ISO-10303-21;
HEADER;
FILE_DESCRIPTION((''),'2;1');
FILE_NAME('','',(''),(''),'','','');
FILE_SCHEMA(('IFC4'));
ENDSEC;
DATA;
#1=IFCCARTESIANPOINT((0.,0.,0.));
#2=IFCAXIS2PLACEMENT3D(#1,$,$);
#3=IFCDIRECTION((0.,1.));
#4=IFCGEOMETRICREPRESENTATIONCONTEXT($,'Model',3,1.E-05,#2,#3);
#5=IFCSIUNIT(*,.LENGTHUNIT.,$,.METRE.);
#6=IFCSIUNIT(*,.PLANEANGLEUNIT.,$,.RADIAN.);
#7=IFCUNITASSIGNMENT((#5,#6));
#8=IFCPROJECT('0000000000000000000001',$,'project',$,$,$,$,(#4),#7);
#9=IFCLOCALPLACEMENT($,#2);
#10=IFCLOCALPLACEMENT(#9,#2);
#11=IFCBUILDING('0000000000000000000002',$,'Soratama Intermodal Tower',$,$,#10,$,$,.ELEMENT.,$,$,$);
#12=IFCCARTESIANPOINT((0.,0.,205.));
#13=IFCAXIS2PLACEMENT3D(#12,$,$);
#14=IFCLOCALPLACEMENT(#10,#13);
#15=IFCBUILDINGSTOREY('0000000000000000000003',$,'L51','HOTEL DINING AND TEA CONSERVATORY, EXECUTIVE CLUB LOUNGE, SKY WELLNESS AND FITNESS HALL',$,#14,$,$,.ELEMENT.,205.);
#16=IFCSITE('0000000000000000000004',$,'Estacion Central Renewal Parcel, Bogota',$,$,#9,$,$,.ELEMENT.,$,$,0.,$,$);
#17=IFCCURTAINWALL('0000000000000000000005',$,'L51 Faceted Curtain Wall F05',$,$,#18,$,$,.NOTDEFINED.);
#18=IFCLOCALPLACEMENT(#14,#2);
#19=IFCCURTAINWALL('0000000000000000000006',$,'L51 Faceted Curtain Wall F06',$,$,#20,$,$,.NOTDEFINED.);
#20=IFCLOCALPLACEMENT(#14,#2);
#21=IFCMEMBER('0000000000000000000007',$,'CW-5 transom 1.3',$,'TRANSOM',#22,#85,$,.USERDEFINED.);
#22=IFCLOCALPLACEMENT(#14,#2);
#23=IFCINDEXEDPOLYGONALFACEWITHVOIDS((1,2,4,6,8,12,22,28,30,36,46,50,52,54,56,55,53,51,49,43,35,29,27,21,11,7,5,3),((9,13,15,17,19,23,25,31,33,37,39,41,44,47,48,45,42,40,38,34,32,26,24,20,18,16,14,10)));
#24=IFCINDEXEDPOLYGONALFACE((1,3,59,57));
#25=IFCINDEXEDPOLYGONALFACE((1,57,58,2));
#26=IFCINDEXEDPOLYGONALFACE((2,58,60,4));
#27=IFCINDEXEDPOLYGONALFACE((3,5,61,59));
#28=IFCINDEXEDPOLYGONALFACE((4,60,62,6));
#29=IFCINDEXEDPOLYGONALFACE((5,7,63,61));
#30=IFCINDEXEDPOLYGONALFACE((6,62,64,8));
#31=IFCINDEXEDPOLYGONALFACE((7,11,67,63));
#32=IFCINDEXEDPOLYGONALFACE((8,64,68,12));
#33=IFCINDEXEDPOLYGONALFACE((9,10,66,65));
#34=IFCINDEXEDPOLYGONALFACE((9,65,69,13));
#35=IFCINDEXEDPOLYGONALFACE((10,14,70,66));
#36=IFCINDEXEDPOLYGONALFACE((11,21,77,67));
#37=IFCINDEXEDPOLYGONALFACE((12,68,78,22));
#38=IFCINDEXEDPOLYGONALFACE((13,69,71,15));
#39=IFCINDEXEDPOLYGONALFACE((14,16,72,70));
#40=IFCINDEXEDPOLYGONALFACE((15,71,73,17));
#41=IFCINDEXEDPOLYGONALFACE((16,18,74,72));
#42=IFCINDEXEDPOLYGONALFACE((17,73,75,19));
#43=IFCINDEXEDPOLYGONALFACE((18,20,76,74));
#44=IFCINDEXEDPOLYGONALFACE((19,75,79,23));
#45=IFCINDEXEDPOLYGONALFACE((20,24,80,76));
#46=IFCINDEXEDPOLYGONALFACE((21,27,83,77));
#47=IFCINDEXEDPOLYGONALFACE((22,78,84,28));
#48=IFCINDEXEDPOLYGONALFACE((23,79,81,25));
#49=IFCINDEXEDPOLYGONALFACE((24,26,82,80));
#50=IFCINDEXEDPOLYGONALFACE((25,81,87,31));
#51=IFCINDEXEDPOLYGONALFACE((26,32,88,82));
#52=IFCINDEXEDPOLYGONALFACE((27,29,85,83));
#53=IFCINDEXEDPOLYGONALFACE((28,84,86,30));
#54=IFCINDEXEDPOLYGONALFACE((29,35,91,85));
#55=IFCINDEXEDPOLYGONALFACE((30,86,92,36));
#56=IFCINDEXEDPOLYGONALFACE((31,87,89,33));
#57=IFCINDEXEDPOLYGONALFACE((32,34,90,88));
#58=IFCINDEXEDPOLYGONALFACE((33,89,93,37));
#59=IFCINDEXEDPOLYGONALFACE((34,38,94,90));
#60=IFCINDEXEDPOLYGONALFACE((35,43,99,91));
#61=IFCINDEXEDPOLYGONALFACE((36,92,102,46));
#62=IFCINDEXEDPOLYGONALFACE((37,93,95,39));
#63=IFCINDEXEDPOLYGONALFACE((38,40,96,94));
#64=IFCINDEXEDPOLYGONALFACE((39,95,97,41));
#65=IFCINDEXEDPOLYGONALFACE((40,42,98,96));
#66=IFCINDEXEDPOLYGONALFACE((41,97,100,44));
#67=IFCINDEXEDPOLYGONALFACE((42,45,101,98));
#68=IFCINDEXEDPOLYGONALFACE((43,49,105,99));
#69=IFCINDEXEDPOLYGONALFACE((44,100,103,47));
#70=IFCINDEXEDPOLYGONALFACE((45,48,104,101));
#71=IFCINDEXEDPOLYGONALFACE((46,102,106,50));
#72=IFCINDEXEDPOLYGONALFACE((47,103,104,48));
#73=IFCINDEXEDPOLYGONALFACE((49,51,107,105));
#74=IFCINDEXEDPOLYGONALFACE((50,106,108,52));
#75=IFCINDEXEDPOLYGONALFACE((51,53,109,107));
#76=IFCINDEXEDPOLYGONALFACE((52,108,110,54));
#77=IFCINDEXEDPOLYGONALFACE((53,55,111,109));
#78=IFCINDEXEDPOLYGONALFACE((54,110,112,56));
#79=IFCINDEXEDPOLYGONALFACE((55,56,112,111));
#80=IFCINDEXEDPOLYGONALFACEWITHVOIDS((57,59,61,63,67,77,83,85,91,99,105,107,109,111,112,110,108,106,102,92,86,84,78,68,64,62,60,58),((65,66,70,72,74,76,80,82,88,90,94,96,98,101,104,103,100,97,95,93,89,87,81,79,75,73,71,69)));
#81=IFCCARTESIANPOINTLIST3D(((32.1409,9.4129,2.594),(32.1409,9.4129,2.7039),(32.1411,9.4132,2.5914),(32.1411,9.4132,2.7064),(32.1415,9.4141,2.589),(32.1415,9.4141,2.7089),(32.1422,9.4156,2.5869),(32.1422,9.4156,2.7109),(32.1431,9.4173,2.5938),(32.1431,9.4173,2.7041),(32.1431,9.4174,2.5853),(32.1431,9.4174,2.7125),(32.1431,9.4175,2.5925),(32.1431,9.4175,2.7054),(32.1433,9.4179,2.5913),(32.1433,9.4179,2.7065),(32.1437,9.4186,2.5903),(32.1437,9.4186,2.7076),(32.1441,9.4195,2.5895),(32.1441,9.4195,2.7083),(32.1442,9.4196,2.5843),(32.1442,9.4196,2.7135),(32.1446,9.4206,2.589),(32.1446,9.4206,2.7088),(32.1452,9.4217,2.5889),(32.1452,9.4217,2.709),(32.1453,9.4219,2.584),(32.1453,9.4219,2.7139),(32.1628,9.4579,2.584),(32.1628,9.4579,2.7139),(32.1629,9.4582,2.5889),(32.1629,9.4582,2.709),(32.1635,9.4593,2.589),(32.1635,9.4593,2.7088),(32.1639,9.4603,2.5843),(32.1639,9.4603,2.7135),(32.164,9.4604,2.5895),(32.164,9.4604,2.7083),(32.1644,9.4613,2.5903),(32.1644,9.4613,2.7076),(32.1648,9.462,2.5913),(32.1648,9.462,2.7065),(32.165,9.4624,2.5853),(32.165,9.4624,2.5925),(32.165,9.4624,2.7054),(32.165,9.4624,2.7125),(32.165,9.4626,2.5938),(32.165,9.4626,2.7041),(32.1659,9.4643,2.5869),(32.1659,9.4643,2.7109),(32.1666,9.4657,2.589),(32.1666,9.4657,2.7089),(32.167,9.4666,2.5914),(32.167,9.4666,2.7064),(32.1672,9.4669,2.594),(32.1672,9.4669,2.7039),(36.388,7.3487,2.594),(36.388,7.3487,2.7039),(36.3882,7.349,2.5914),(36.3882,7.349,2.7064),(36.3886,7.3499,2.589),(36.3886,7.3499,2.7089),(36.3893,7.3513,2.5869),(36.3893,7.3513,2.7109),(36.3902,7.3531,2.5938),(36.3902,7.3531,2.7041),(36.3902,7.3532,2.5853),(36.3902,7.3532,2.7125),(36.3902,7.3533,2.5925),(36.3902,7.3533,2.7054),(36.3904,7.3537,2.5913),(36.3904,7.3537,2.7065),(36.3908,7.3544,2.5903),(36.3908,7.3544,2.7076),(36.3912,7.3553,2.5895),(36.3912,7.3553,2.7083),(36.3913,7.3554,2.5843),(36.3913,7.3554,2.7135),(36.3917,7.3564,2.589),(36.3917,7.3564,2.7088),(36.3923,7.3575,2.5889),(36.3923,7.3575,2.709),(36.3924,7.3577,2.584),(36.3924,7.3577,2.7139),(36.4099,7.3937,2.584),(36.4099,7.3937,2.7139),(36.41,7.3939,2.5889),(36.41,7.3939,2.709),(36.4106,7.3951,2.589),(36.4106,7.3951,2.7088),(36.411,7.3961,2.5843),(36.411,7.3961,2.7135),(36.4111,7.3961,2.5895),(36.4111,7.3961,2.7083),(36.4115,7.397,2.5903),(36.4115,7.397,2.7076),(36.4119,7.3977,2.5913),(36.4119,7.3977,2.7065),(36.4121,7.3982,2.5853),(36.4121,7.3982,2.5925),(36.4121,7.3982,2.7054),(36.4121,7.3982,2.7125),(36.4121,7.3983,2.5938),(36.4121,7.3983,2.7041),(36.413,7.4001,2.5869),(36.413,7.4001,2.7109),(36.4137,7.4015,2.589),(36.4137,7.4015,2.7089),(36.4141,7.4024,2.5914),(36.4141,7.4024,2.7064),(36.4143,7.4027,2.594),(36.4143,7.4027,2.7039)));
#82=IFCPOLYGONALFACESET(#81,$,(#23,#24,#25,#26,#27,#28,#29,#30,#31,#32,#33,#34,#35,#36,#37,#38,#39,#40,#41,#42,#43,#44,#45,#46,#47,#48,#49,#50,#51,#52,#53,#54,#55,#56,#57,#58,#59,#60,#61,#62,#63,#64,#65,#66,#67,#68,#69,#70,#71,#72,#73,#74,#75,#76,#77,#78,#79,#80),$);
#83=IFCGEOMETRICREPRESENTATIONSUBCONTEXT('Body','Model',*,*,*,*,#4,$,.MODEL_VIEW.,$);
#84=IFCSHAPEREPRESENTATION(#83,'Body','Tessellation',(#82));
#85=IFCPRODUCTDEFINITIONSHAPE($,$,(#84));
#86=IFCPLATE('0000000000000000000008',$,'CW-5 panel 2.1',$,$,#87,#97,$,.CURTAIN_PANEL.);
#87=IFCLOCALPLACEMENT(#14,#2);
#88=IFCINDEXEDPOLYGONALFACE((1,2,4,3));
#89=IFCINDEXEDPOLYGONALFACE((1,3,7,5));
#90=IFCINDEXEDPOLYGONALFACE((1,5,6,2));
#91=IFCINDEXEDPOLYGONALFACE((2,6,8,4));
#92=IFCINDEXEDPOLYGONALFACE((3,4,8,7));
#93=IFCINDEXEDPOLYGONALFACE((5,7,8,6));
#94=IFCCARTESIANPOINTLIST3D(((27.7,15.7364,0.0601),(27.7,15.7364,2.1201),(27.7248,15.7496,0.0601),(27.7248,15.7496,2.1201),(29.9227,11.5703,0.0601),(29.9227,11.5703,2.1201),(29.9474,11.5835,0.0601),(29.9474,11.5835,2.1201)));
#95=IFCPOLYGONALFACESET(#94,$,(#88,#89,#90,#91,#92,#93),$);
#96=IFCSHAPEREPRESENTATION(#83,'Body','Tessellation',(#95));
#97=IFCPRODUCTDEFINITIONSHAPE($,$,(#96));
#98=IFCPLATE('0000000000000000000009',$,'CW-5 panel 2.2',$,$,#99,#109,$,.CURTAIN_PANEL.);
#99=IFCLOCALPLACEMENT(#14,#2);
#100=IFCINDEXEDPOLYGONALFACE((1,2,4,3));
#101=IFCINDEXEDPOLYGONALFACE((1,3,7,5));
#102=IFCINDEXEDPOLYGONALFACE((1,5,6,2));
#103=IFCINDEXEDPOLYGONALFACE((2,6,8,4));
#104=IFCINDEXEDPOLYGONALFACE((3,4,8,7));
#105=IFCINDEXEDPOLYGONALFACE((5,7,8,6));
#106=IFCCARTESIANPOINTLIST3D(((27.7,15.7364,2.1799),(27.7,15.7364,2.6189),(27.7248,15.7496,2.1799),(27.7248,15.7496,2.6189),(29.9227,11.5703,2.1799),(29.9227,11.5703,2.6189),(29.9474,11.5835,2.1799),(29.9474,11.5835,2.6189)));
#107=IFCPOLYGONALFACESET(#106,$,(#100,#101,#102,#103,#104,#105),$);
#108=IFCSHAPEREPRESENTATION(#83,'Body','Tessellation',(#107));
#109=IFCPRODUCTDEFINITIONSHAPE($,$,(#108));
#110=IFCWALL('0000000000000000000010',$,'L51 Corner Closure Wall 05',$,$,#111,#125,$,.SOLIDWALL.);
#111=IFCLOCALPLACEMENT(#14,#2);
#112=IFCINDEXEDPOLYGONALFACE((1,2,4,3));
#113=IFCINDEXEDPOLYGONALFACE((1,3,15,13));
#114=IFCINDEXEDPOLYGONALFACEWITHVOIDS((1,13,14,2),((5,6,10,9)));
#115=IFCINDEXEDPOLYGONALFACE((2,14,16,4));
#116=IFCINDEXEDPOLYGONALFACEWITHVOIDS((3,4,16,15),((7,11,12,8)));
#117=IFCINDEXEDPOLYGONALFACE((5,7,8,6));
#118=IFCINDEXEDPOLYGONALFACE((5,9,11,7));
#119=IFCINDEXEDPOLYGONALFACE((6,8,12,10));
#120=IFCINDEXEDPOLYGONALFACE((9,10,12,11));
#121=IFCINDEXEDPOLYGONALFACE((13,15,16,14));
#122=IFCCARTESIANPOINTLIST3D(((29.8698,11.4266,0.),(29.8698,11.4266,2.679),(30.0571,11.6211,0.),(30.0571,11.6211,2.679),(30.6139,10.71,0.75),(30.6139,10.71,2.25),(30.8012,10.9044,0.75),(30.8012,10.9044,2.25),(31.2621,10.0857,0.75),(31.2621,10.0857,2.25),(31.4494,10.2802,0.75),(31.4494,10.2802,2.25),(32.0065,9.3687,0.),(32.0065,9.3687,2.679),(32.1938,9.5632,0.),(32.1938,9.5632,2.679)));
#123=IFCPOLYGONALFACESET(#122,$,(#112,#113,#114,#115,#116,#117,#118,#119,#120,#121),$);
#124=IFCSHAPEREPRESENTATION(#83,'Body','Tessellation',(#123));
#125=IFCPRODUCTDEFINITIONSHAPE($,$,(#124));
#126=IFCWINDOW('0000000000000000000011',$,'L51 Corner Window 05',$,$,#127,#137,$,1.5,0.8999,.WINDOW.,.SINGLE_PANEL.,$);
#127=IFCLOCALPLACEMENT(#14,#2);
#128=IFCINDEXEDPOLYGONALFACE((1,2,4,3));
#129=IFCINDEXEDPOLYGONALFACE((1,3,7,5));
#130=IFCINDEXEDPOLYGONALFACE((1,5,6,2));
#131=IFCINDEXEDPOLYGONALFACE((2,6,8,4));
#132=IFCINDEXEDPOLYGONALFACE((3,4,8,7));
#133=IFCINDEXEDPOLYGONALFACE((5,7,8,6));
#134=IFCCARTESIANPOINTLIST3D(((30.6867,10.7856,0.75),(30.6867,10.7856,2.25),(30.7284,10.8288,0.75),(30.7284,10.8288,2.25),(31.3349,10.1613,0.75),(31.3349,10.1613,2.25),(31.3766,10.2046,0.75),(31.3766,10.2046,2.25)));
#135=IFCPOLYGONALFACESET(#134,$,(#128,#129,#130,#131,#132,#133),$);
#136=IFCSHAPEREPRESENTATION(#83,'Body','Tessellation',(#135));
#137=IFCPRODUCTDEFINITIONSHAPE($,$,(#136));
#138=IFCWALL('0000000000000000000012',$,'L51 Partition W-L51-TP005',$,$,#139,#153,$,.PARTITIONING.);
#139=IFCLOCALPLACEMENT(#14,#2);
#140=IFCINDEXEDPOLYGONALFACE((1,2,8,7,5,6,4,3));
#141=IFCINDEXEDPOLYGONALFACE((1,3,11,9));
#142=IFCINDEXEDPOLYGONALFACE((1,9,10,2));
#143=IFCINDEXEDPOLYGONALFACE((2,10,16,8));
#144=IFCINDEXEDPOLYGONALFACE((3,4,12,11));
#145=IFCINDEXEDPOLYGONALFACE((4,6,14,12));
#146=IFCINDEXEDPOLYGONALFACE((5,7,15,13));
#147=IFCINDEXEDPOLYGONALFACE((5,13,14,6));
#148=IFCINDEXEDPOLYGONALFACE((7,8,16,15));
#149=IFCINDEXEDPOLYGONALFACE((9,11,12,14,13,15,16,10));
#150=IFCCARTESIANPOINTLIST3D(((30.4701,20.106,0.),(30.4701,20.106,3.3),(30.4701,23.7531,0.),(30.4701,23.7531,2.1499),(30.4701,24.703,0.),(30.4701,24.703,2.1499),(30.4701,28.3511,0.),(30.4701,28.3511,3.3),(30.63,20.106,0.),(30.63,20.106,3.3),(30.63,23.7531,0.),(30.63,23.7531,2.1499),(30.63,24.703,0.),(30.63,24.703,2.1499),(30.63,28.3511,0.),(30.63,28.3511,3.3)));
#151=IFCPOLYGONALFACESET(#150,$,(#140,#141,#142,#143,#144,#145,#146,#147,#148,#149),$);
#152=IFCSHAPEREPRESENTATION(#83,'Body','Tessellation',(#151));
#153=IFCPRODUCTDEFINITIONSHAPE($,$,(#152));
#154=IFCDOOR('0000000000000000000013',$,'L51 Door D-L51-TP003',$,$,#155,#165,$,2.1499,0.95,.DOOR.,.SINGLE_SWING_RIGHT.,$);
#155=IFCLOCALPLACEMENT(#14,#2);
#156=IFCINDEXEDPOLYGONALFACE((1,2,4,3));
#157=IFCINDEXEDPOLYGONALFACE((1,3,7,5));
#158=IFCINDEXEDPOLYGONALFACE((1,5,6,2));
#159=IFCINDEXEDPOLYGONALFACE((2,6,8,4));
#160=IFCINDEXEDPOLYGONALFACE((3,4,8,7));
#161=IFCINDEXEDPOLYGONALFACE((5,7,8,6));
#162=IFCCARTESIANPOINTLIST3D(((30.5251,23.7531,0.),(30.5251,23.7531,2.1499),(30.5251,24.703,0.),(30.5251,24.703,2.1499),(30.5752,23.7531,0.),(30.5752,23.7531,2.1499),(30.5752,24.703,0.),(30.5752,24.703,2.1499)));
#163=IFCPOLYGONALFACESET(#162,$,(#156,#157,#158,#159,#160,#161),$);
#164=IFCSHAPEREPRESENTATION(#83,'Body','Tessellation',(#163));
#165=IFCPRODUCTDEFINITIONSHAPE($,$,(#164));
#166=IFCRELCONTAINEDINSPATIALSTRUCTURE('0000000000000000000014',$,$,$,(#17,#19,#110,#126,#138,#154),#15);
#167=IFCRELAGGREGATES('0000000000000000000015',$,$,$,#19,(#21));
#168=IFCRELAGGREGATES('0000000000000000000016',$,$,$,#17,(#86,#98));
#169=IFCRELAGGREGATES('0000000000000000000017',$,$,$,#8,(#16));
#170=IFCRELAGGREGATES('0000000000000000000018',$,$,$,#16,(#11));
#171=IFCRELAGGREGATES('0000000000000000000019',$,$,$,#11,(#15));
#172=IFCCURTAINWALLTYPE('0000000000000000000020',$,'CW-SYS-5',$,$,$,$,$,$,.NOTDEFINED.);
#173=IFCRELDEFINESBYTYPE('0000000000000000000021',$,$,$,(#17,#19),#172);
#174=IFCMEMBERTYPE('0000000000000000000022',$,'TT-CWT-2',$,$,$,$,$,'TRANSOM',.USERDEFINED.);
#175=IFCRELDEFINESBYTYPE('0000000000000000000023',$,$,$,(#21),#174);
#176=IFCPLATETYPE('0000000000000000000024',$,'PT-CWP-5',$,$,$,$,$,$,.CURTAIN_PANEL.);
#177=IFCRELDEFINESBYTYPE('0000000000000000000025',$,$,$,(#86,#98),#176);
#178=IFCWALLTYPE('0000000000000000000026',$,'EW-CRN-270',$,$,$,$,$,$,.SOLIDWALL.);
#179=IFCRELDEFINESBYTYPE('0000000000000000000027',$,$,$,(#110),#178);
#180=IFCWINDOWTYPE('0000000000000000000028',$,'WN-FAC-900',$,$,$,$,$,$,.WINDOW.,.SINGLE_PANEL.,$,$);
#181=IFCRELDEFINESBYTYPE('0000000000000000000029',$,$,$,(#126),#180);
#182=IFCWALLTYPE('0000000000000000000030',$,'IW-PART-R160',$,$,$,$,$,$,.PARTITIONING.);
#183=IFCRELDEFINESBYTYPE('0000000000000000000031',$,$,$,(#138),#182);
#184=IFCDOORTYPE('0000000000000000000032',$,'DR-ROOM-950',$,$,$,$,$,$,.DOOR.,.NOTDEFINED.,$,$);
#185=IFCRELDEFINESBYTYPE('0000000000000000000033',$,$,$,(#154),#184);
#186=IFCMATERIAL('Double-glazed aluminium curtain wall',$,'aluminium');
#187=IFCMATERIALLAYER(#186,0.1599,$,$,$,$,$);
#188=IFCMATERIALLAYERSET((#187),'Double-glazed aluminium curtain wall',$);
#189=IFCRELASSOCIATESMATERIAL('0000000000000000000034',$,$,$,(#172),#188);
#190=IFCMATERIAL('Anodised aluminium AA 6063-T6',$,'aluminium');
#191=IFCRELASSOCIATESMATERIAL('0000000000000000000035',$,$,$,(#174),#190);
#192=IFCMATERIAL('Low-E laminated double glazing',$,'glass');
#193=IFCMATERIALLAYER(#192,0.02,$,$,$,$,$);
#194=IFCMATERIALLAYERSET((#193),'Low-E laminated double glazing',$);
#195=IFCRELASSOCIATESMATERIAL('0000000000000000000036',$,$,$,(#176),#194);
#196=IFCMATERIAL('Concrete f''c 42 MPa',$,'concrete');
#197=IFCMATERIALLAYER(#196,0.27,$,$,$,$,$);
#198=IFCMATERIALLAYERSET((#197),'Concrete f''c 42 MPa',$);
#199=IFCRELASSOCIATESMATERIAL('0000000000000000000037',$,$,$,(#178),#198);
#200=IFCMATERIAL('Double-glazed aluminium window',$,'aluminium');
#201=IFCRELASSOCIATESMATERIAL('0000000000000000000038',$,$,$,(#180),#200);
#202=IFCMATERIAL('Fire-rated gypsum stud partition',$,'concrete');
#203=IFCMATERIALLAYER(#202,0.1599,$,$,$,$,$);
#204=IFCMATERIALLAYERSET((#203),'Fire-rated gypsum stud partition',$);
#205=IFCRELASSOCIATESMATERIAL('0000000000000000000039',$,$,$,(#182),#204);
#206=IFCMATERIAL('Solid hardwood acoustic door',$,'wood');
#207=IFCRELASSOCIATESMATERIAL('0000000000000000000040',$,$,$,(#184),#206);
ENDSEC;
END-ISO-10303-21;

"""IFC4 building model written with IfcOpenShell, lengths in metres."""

from ifc_helpers import new_model, si_unit, direction, frame, frame_2d, origin, origin_2d, place, context, subcontext, project, spatial, rectangle, hollow_rectangle, extrude, material, layer, layer_set, material_profile, profile_set, type_object, element, fill, aggregate, save


model = new_model("IFC4")

# Units and contexts
model_context = context("Model", 3, precision=1e-05, world=origin(), true_north=direction((0.0, 1.0)))
body_context = subcontext(model_context, "Body", "Model", "MODEL_VIEW")
ifc_project = project(units=[si_unit("LENGTHUNIT", "METRE"), si_unit("PLANEANGLEUNIT", "RADIAN")], contexts=[model_context])

# Site, building, storey
site_placement = place(None, origin())
site = spatial("IfcSite", under=ifc_project, at=site_placement, Name="Estacion Central Renewal Parcel, Bogota", CompositionType="ELEMENT", RefElevation=0.0)
building_placement = place(site_placement, origin())
building = spatial("IfcBuilding", under=site, at=building_placement, Name="Soratama Intermodal Tower", CompositionType="ELEMENT")
storey_placement = place(building_placement, frame((0.0, 0.0, 205.0)))
storey = spatial("IfcBuildingStorey", under=building, at=storey_placement, Name="L51", Description="HOTEL DINING AND TEA CONSERVATORY, EXECUTIVE CLUB LOUNGE, SKY WELLNESS AND FITNESS HALL", CompositionType="ELEMENT", Elevation=205.0)

# Curtain wall
ifc_material_1 = material(Name="Double-glazed aluminium curtain wall", Category="aluminium")
ifc_layer_1 = layer(ifc_material_1, 0.1599)
ifc_layer_set_1 = layer_set([ifc_layer_1], Name="Double-glazed aluminium curtain wall")
curtain_wall_type = type_object("IfcCurtainWallType", Name="CW-SYS-5", PredefinedType="NOTDEFINED", material=ifc_layer_set_1)
curtain_wall_1_placement = place(storey_placement, origin())
curtain_wall_1 = element("IfcCurtainWall", 1, at=curtain_wall_1_placement, inside=storey, type_object=curtain_wall_type, Name="L51 Faceted Curtain Wall F05", PredefinedType="NOTDEFINED")

# Curtain wall
curtain_wall_2_placement = place(storey_placement, origin())
curtain_wall_2 = element("IfcCurtainWall", 2, at=curtain_wall_2_placement, inside=storey, type_object=curtain_wall_type, Name="L51 Faceted Curtain Wall F06", PredefinedType="NOTDEFINED")

# Member
ifc_material_2 = material(Name="Anodised aluminium AA 6063-T6", Category="aluminium")
ifc_material_profile_1 = material_profile(ifc_material_2, hollow_rectangle(XDim=0.0601, YDim=0.1299, WallThickness=0.0049, InnerFilletRadius=0.0049, OuterFilletRadius=0.01, at=origin_2d()), Name="CWT130X60X5")
ifc_profile_set_1 = profile_set([ifc_material_profile_1], Name="Anodised aluminium AA 6063-T6")
member_type_1 = type_object("IfcMemberType", Name="TT-CWT-2", ElementType="TRANSOM", PredefinedType="USERDEFINED", material=ifc_profile_set_1)
member_1_placement = place(storey_placement, frame((32.1541, 9.4399, 2.6489), z_axis=(0.899396, -0.437135, 0.0), x_axis=(0.437135, 0.899396, 0.0)))
member_1 = element("IfcMember", 3, at=member_1_placement, type_object=member_type_1, Name="CW-5 transom 1.3", ObjectType="TRANSOM", PredefinedType="USERDEFINED", context=body_context, shape_type="SweptSolid", body=[
    extrude(hollow_rectangle(XDim=0.0601, YDim=0.1299, WallThickness=0.0049, InnerFilletRadius=0.0049, OuterFilletRadius=0.01, at=origin_2d()), origin(), (0.0, 0.0, 1.0), 4.7222),
])
aggregate(curtain_wall_2, [member_1])

# Plates
ifc_material_3 = material(Name="Low-E laminated double glazing", Category="glass")
ifc_layer_2 = layer(ifc_material_3, 0.02)
ifc_layer_set_2 = layer_set([ifc_layer_2], Name="Low-E laminated double glazing")
plate_type = type_object("IfcPlateType", Name="PT-CWP-5", PredefinedType="CURTAIN_PANEL", material=ifc_layer_set_2)
plate_1_placement = place(storey_placement, frame((28.8237, 13.6599, 0.0601), z_axis=(0.0, 0.0, 1.0), x_axis=(0.470706, -0.88229, 0.0)))
plate_1 = element("IfcPlate", 4, at=plate_1_placement, type_object=plate_type, Name="CW-5 panel 2.1", PredefinedType="CURTAIN_PANEL", context=body_context, shape_type="SweptSolid", body=[
    extrude(rectangle(XDim=4.7219, YDim=0.0281, at=origin_2d()), origin(), (0.0, 0.0, 1.0), 2.0601),
])
plate_2_placement = place(storey_placement, frame((28.8237, 13.6599, 2.1799), z_axis=(0.0, 0.0, 1.0), x_axis=(0.470706, -0.88229, 0.0)))
plate_2 = element("IfcPlate", 5, at=plate_2_placement, type_object=plate_type, Name="CW-5 panel 2.2", PredefinedType="CURTAIN_PANEL", context=body_context, shape_type="SweptSolid", body=[
    extrude(rectangle(XDim=4.7219, YDim=0.0281, at=origin_2d()), origin(), (0.0, 0.0, 1.0), 0.439),
])
aggregate(curtain_wall_1, [plate_1, plate_2])

# Wall, opening, window
ifc_material_4 = material(Name="Concrete f'c 42 MPa", Category="concrete")
ifc_layer_3 = layer(ifc_material_4, 0.27)
ifc_layer_set_3 = layer_set([ifc_layer_3], Name="Concrete f'c 42 MPa")
wall_type_1 = type_object("IfcWallType", Name="EW-CRN-270", PredefinedType="SOLIDWALL", material=ifc_layer_set_3)
wall_1_placement = place(storey_placement, frame((29.9634, 11.5239, 0.0), z_axis=(0.0, 0.0, 1.0), x_axis=(0.720273, -0.693691, 0.0)))
wall_1 = element("IfcWall", 6, at=wall_1_placement, inside=storey, type_object=wall_type_1, Name="L51 Corner Closure Wall 05", PredefinedType="SOLIDWALL", context=body_context, shape_type="SweptSolid", body=[
    extrude(rectangle(XDim=2.9666, YDim=0.27, at=frame_2d((1.4834, 0.0))), origin(), (0.0, 0.0, 1.0), 2.679),
])
opening_1_placement = place(wall_1_placement, frame((1.0332, 0.0, 0.75)))
opening_1 = element("IfcOpeningElement", 7, at=opening_1_placement, cuts=wall_1, PredefinedType="OPENING", context=body_context, shape_type="SweptSolid", body=[
    extrude(rectangle(XDim=0.8999, YDim=1.5, at=frame_2d((0.45, 0.75))), frame((0.0, 0.145, 0.0), z_axis=(0.0, -1.0, 0.0), x_axis=(1.0, 0.0, 0.0)), (0.0, 0.0, 1.0), 0.29),
])
ifc_material_5 = material(Name="Double-glazed aluminium window", Category="aluminium")
window_type = type_object("IfcWindowType", Name="WN-FAC-900", PartitioningType="SINGLE_PANEL", PredefinedType="WINDOW", material=ifc_material_5)
window_placement = place(opening_1_placement, origin())
window = element("IfcWindow", 8, at=window_placement, inside=storey, type_object=window_type, Name="L51 Corner Window 05", OverallHeight=1.5, OverallWidth=0.8999, PartitioningType="SINGLE_PANEL", PredefinedType="WINDOW", context=body_context, shape_type="SweptSolid", body=[
    extrude(rectangle(XDim=0.8999, YDim=1.5, at=frame_2d((0.45, 0.75))), frame((0.0, 0.03, 0.0), z_axis=(0.0, -1.0, 0.0), x_axis=(1.0, 0.0, 0.0)), (0.0, 0.0, 1.0), 0.0601),
])
fill(opening_1, window)

# Wall, opening, door
ifc_material_6 = material(Name="Fire-rated gypsum stud partition", Category="concrete")
ifc_layer_4 = layer(ifc_material_6, 0.1599)
ifc_layer_set_4 = layer_set([ifc_layer_4], Name="Fire-rated gypsum stud partition")
wall_type_2 = type_object("IfcWallType", Name="IW-PART-R160", PredefinedType="PARTITIONING", material=ifc_layer_set_4)
wall_2_placement = place(storey_placement, frame((30.55, 20.106, 0.0), z_axis=(0.0, 0.0, 1.0), x_axis=(0.0, 1.0, 0.0)))
wall_2 = element("IfcWall", 9, at=wall_2_placement, inside=storey, type_object=wall_type_2, Name="L51 Partition W-L51-TP005", PredefinedType="PARTITIONING", context=body_context, shape_type="SweptSolid", body=[
    extrude(rectangle(XDim=8.2451, YDim=0.1599, at=frame_2d((4.1226, 0.0))), origin(), (0.0, 0.0, 1.0), 3.3),
])
opening_2_placement = place(wall_2_placement, frame((3.647, 0.0, 0.0)))
opening_2 = element("IfcOpeningElement", 10, at=opening_2_placement, cuts=wall_2, PredefinedType="OPENING", context=body_context, shape_type="SweptSolid", body=[
    extrude(rectangle(XDim=0.95, YDim=2.1499, at=frame_2d((0.4751, 1.075))), frame((0.0, 0.0898, 0.0), z_axis=(0.0, -1.0, 0.0), x_axis=(1.0, 0.0, 0.0)), (0.0, 0.0, 1.0), 0.1799),
])
ifc_material_7 = material(Name="Solid hardwood acoustic door", Category="wood")
door_type = type_object("IfcDoorType", Name="DR-ROOM-950", OperationType="NOTDEFINED", PredefinedType="DOOR", material=ifc_material_7)
door_1_placement = place(opening_2_placement, origin())
door_1 = element("IfcDoor", 11, at=door_1_placement, inside=storey, type_object=door_type, Name="L51 Door D-L51-TP003", OperationType="SINGLE_SWING_RIGHT", OverallHeight=2.1499, OverallWidth=0.95, PredefinedType="DOOR", context=body_context, shape_type="SweptSolid", body=[
    extrude(rectangle(XDim=0.95, YDim=2.1499, at=frame_2d((0.4751, 1.075))), frame((0.0, 0.0249, 0.0), z_axis=(0.0, -1.0, 0.0), x_axis=(1.0, 0.0, 0.0)), (0.0, 0.0, 1.0), 0.05),
])
fill(opening_2, door_1)

save(model, "model.ifc")
